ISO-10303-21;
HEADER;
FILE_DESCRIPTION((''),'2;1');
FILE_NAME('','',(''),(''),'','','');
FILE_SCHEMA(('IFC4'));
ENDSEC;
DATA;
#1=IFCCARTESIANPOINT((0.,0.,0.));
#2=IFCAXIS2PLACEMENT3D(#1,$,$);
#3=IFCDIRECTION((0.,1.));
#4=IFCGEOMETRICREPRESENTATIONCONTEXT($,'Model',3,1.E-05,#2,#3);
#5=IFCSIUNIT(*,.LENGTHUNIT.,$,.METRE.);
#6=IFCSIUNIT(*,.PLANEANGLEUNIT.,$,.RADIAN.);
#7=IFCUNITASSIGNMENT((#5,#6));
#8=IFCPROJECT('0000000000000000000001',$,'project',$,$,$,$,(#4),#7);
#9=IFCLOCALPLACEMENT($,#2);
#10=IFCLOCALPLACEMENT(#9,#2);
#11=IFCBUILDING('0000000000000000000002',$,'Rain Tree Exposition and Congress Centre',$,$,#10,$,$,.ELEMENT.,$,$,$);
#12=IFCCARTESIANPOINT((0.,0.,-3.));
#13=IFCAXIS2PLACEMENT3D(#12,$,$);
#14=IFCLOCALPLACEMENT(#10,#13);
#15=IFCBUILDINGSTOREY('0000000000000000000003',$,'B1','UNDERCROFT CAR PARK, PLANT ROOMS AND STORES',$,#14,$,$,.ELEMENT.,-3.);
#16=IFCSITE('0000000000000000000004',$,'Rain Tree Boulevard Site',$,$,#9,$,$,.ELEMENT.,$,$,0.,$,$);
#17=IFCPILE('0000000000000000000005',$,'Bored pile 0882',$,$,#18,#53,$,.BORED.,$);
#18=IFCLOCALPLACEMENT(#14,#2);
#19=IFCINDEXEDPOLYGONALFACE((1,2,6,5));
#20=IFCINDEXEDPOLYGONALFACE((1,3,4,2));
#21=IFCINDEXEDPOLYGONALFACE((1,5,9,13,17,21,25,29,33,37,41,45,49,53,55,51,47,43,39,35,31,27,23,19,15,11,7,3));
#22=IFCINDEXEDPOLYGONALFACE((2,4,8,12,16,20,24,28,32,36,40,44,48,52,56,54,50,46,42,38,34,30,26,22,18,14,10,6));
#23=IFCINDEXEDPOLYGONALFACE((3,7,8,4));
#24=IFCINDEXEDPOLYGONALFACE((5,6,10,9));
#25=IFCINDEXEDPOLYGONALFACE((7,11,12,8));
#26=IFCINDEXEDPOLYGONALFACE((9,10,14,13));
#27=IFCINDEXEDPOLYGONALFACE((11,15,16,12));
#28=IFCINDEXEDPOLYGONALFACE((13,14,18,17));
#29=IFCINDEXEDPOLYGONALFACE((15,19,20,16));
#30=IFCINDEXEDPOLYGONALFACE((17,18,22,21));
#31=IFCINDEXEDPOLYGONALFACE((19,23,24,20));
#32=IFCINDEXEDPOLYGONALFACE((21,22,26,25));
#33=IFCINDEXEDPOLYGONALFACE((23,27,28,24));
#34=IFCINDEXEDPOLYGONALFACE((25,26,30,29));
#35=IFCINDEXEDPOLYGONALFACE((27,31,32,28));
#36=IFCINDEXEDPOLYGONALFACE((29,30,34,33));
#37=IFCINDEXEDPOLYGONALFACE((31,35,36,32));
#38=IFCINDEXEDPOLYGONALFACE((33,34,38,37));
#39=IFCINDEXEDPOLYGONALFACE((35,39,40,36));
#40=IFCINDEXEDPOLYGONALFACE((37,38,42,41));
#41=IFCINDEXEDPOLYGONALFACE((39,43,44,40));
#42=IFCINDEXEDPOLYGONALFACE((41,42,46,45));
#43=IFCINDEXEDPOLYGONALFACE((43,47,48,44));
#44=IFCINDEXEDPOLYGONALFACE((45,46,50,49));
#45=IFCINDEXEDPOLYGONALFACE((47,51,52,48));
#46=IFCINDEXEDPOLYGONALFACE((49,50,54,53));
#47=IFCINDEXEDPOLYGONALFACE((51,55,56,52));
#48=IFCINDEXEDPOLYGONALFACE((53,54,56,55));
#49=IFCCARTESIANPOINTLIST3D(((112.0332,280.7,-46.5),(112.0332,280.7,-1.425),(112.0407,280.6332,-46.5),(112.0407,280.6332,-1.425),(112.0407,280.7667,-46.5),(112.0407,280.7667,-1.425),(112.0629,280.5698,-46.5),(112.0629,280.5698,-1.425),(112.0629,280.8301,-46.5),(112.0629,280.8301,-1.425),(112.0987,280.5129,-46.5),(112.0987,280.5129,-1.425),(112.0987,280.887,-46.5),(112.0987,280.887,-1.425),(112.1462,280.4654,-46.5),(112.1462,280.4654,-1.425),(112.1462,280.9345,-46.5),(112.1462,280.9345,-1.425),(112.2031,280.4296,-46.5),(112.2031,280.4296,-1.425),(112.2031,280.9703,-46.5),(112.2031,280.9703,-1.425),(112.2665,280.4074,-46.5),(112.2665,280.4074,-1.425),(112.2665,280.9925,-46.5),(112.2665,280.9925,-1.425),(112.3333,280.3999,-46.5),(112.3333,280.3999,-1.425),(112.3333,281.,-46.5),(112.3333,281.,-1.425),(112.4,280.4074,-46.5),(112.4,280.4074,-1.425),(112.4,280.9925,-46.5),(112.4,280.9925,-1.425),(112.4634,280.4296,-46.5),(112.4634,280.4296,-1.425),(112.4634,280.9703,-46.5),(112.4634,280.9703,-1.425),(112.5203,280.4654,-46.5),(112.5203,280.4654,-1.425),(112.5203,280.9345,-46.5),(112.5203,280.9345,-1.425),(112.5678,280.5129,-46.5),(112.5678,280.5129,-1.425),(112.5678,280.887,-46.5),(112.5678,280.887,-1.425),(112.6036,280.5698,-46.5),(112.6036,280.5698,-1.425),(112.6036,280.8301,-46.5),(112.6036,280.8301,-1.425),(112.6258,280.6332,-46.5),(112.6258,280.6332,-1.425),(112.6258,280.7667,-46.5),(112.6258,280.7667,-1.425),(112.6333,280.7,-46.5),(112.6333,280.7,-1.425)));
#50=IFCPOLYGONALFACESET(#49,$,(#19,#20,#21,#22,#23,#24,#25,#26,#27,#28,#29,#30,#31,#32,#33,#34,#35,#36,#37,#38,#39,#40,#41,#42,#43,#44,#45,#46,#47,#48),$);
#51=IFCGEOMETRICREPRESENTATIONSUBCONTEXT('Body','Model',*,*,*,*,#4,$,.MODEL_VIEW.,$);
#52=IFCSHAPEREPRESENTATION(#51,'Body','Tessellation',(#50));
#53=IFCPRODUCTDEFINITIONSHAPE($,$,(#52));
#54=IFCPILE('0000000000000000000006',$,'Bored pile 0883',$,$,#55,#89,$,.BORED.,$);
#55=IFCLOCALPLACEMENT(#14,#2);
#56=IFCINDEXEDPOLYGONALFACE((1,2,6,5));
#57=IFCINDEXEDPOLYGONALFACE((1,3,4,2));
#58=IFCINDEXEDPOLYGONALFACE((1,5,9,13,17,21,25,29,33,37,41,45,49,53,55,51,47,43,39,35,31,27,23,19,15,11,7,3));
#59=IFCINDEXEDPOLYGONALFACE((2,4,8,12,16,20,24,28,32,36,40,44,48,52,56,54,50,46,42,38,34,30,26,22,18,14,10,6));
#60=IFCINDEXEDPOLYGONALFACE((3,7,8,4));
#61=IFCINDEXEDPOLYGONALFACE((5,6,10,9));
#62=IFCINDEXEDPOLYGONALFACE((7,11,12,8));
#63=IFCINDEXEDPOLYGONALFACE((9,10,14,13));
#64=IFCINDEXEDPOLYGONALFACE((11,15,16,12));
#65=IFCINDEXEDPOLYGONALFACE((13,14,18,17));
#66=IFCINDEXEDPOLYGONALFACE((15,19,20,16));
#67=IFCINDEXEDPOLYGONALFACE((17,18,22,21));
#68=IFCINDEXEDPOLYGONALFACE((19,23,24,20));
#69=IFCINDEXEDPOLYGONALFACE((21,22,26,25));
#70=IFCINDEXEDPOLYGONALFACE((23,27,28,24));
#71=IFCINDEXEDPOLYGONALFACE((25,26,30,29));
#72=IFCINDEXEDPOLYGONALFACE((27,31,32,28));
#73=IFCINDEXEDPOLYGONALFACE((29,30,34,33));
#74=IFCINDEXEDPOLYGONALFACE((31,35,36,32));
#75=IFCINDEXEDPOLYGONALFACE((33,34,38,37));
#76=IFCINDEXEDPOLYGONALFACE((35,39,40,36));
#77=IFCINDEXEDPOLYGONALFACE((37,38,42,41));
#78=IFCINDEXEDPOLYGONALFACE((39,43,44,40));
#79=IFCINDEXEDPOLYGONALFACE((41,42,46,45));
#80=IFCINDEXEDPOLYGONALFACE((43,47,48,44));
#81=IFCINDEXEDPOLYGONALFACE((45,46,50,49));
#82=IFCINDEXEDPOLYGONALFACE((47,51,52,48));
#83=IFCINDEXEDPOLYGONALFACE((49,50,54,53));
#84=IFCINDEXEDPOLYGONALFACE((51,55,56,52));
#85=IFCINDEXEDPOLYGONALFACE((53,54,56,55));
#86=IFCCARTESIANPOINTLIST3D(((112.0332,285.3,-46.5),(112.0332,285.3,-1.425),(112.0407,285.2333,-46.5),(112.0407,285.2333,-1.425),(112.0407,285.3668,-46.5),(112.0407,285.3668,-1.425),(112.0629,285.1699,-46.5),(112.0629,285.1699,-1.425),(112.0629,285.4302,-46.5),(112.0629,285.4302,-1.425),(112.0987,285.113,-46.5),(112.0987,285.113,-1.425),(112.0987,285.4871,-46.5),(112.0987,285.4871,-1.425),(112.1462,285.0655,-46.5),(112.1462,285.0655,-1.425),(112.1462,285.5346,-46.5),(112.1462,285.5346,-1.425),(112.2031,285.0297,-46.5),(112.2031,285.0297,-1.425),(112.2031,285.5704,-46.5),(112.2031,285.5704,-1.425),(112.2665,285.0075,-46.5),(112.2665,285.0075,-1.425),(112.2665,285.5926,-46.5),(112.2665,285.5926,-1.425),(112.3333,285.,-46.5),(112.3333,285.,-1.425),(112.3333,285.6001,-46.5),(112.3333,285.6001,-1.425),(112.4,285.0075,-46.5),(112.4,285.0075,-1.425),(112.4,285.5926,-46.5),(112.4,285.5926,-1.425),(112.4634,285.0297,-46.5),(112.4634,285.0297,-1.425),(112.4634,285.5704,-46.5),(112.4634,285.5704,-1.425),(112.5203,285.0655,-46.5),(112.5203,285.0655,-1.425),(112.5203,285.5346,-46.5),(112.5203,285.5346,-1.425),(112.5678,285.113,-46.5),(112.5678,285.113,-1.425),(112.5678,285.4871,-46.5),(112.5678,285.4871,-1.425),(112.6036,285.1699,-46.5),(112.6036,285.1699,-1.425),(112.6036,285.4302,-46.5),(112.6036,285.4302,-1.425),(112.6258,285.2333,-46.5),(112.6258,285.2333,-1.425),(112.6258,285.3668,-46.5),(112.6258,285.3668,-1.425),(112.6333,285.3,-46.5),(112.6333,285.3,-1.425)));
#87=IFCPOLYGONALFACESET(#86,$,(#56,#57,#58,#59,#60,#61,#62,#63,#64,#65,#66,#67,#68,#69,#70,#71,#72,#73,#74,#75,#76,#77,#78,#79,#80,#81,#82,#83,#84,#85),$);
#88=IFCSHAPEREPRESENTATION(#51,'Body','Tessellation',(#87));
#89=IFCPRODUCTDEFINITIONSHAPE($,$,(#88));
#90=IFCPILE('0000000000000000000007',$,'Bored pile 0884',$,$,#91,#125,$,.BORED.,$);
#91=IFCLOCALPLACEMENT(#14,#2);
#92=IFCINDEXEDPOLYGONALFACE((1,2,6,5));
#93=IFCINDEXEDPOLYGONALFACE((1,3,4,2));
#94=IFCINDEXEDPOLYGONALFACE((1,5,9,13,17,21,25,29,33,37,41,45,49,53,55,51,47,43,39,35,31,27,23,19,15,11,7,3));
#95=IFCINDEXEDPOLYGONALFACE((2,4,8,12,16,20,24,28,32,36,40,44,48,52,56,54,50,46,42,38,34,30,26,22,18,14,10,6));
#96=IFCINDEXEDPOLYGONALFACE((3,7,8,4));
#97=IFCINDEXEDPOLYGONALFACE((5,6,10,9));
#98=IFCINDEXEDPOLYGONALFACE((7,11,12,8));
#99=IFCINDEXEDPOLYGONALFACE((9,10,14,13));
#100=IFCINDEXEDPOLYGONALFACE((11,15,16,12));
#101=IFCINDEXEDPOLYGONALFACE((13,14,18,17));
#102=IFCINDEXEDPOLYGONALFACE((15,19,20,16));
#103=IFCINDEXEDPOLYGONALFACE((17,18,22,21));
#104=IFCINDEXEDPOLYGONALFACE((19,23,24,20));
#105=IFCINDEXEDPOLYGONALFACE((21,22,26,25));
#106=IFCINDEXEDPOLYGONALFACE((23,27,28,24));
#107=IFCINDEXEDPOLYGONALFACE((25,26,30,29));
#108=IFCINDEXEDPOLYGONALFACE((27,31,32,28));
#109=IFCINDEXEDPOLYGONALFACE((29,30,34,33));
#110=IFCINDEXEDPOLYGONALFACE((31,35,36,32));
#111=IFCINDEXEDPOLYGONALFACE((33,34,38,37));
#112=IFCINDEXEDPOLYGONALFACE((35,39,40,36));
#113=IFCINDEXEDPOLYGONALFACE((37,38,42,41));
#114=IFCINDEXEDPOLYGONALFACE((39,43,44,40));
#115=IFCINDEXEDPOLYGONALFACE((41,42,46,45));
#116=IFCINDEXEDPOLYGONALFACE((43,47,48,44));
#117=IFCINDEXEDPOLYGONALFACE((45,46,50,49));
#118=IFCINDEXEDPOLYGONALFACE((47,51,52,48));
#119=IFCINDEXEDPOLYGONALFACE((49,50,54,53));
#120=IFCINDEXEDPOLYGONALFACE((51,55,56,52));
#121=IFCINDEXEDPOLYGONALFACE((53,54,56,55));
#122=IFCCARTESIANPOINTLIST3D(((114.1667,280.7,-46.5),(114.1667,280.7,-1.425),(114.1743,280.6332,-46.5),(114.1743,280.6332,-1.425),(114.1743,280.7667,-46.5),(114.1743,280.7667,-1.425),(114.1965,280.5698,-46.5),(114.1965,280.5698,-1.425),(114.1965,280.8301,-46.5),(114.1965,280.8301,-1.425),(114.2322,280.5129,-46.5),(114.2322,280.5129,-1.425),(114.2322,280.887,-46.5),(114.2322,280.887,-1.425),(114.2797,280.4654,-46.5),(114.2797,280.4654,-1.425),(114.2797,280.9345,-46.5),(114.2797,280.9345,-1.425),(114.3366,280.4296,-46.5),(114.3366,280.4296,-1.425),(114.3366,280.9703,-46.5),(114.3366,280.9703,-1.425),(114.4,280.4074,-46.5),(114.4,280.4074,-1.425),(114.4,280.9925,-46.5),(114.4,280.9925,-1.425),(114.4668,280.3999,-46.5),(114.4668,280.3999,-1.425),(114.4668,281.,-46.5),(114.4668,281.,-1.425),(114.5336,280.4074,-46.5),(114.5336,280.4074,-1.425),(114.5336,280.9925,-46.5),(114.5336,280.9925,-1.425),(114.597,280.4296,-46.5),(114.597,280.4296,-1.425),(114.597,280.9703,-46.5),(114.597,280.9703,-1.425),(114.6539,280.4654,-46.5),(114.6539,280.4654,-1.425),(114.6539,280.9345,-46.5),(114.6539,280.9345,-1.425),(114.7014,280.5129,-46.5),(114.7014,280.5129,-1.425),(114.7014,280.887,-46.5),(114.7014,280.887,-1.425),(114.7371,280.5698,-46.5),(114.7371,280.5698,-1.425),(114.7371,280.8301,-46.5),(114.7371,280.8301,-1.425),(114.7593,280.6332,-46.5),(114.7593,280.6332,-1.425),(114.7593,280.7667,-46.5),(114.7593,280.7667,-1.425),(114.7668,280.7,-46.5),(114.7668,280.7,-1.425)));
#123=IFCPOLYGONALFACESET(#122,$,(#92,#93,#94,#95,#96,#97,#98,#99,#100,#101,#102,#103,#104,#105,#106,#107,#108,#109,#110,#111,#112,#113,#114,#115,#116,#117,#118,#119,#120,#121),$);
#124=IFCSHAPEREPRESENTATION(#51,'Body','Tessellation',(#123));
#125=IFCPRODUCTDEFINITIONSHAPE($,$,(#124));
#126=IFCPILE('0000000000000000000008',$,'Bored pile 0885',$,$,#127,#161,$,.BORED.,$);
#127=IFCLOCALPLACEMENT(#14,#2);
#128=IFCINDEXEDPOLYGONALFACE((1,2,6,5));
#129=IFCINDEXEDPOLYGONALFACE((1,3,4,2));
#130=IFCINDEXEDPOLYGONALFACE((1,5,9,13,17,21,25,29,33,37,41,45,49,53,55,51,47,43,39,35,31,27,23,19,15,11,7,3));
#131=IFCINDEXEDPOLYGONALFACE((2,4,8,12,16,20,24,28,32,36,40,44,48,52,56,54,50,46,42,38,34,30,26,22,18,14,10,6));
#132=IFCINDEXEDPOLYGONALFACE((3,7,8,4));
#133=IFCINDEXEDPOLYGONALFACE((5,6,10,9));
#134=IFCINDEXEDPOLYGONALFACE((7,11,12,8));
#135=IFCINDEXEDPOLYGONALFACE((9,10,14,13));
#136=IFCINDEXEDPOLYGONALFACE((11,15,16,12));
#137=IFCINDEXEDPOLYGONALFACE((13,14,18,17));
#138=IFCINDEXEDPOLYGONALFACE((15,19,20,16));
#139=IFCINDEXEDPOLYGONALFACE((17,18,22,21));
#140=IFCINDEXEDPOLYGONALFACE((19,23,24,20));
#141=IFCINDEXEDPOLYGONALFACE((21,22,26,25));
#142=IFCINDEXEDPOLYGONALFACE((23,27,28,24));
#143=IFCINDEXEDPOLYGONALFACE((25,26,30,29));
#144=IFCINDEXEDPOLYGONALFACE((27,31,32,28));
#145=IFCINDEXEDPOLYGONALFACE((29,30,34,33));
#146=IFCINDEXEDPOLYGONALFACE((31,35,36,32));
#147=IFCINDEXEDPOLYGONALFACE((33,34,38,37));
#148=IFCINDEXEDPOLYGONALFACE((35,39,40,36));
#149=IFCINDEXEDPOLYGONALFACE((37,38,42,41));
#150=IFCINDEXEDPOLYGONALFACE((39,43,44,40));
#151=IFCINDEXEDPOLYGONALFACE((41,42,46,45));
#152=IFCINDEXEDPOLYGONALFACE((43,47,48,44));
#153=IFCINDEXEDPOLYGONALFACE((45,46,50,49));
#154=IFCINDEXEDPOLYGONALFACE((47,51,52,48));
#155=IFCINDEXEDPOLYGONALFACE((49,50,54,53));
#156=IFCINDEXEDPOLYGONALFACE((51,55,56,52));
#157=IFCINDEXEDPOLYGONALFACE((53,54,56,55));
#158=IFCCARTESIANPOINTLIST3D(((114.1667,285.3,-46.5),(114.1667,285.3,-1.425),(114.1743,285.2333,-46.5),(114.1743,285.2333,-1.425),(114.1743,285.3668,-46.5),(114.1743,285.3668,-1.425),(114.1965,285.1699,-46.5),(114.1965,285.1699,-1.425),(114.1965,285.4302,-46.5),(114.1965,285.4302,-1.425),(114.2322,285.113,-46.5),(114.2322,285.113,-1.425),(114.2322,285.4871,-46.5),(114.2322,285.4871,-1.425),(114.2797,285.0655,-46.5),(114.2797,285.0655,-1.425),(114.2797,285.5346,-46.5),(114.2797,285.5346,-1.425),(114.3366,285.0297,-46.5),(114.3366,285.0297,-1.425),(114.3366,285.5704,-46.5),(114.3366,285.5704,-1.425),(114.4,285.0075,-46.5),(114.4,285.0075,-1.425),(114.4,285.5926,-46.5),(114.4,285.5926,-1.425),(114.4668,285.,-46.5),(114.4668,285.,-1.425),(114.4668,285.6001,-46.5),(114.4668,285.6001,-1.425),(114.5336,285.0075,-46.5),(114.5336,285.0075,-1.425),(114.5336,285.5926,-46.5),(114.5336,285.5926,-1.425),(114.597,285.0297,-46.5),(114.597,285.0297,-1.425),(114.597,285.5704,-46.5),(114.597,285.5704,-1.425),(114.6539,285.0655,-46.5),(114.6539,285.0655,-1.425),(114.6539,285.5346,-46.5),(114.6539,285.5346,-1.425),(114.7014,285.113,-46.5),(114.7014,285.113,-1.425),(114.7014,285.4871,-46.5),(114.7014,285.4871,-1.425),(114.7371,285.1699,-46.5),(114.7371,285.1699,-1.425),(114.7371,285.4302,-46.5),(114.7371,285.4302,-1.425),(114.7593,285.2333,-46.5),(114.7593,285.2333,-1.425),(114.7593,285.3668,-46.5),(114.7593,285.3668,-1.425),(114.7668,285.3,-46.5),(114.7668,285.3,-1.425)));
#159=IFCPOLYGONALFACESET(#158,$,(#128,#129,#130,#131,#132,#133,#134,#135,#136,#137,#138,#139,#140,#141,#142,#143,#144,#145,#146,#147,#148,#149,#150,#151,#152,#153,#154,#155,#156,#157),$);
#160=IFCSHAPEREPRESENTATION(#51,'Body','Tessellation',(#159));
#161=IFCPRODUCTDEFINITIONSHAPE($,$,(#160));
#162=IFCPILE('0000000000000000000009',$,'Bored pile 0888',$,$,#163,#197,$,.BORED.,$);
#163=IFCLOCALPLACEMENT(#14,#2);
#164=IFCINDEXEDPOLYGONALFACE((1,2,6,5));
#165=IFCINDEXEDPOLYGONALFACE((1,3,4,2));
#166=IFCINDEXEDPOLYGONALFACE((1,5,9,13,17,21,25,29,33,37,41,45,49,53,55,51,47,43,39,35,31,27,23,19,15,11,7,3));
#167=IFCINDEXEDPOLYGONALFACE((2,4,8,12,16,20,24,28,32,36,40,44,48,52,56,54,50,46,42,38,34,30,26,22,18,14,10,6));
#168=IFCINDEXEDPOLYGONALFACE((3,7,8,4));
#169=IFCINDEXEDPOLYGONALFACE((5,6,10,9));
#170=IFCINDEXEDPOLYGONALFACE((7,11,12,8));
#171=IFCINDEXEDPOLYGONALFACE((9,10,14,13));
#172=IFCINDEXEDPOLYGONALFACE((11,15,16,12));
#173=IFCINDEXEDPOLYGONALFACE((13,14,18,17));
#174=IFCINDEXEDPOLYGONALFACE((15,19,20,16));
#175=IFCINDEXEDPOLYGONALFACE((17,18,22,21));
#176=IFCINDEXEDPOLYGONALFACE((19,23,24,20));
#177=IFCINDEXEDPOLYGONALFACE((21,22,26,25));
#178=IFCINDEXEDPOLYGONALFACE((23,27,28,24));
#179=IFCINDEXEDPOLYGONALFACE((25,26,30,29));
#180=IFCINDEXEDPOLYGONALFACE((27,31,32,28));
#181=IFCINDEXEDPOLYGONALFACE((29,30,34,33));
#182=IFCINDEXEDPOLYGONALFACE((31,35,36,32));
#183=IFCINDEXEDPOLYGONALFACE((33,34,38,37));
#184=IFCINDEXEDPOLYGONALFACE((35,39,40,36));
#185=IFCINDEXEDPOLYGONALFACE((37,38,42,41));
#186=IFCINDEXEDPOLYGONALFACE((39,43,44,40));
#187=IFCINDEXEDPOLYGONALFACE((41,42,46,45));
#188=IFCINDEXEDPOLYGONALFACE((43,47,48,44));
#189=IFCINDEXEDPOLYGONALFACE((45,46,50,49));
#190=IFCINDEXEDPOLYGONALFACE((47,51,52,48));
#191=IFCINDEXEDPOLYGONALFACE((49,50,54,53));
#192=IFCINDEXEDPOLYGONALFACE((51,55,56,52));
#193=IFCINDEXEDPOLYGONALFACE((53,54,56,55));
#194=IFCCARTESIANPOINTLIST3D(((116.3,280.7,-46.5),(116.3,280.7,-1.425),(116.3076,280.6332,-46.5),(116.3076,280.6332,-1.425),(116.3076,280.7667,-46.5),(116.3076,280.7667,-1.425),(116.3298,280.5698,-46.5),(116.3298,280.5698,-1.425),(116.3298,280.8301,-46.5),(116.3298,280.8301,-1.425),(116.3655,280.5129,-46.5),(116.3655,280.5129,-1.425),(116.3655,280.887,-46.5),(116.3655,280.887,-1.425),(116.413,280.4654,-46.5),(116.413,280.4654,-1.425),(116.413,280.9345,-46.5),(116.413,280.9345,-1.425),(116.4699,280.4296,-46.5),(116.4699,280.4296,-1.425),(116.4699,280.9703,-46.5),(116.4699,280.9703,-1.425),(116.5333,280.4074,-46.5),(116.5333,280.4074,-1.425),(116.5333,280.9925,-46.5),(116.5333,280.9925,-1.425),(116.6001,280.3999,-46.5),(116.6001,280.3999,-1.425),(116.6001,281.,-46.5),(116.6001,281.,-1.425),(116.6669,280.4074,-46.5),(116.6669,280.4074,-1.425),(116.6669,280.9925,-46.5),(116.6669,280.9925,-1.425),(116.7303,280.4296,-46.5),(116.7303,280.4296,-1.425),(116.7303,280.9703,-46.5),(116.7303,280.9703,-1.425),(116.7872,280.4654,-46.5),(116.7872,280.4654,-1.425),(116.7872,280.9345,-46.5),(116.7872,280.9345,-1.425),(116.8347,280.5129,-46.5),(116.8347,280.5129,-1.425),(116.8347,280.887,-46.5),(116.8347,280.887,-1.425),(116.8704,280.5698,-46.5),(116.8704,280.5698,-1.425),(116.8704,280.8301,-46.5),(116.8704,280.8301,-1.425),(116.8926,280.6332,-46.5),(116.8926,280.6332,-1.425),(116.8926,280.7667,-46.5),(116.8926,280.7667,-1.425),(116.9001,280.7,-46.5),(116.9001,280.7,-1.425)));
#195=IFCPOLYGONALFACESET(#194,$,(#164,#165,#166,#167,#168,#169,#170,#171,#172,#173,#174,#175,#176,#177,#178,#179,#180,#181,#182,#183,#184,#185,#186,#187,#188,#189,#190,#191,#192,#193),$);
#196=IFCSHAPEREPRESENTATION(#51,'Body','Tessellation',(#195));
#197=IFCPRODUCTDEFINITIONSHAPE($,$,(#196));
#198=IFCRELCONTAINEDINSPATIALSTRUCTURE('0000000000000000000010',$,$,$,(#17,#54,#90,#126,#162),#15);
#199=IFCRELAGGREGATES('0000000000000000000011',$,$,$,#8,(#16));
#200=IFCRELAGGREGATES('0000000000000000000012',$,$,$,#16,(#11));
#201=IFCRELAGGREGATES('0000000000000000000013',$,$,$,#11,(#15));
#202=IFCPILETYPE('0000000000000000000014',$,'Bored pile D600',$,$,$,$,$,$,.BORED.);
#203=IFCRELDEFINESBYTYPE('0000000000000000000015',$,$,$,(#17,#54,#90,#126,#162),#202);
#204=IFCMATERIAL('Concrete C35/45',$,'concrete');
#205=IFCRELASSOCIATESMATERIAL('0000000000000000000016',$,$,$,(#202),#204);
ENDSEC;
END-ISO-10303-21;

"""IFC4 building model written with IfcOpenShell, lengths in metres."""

from ifc_helpers import new_model, si_unit, direction, frame, origin, origin_2d, place, context, subcontext, project, spatial, circle, extrude, material, material_profile, profile_set, type_object, element, save


model = new_model("IFC4")

# Units and contexts
model_context = context("Model", 3, precision=1e-05, world=origin(), true_north=direction((0.0, 1.0)))
body_context = subcontext(model_context, "Body", "Model", "MODEL_VIEW")
ifc_project = project(units=[si_unit("LENGTHUNIT", "METRE"), si_unit("PLANEANGLEUNIT", "RADIAN")], contexts=[model_context])

# Site, building, storey
site_placement = place(None, origin())
site = spatial("IfcSite", under=ifc_project, at=site_placement, Name="Rain Tree Boulevard Site", CompositionType="ELEMENT", RefElevation=0.0)
building_placement = place(site_placement, origin())
building = spatial("IfcBuilding", under=site, at=building_placement, Name="Rain Tree Exposition and Congress Centre", CompositionType="ELEMENT")
storey_placement = place(building_placement, frame((0.0, 0.0, -3.0)))
storey = spatial("IfcBuildingStorey", under=building, at=storey_placement, Name="B1", Description="UNDERCROFT CAR PARK, PLANT ROOMS AND STORES", CompositionType="ELEMENT", Elevation=-3.0)

# Piles
ifc_material_1 = material(Name="Concrete C35/45", Category="concrete")
ifc_material_profile_1 = material_profile(ifc_material_1, circle(Radius=0.3, at=origin_2d()), Name="D600")
ifc_profile_set_1 = profile_set([ifc_material_profile_1], Name="Concrete C35/45")
pile_type_1 = type_object("IfcPileType", Name="Bored pile D600", PredefinedType="BORED", material=ifc_profile_set_1)
for number, where, z_axis, x_axis, name in (
    (1, (112.3333, 280.7, -1.425), (0.0, 0.0, -1.0), (1.0, 0.0, 0.0), "Bored pile 0882"),
    (2, (112.3333, 285.3, -1.425), (0.0, 0.0, -1.0), (1.0, 0.0, 0.0), "Bored pile 0883"),
    (3, (114.4668, 280.7, -1.425), (0.0, 0.0, -1.0), (1.0, 0.0, 0.0), "Bored pile 0884"),
    (4, (114.4668, 285.3, -1.425), (0.0, 0.0, -1.0), (1.0, 0.0, 0.0), "Bored pile 0885"),
    (5, (116.6001, 280.7, -1.425), (0.0, 0.0, -1.0), (1.0, 0.0, 0.0), "Bored pile 0888"),
):
    element("IfcPile", number, at=place(storey_placement, frame(where, z_axis=z_axis, x_axis=x_axis)), inside=storey, type_object=pile_type_1, Name=name, PredefinedType="BORED", context=body_context, shape_type="SweptSolid", body=[
        extrude(circle(Radius=0.3, at=origin_2d()), origin(), (0.0, 0.0, 1.0), 45.075),
    ])

save(model, "model.ifc")
